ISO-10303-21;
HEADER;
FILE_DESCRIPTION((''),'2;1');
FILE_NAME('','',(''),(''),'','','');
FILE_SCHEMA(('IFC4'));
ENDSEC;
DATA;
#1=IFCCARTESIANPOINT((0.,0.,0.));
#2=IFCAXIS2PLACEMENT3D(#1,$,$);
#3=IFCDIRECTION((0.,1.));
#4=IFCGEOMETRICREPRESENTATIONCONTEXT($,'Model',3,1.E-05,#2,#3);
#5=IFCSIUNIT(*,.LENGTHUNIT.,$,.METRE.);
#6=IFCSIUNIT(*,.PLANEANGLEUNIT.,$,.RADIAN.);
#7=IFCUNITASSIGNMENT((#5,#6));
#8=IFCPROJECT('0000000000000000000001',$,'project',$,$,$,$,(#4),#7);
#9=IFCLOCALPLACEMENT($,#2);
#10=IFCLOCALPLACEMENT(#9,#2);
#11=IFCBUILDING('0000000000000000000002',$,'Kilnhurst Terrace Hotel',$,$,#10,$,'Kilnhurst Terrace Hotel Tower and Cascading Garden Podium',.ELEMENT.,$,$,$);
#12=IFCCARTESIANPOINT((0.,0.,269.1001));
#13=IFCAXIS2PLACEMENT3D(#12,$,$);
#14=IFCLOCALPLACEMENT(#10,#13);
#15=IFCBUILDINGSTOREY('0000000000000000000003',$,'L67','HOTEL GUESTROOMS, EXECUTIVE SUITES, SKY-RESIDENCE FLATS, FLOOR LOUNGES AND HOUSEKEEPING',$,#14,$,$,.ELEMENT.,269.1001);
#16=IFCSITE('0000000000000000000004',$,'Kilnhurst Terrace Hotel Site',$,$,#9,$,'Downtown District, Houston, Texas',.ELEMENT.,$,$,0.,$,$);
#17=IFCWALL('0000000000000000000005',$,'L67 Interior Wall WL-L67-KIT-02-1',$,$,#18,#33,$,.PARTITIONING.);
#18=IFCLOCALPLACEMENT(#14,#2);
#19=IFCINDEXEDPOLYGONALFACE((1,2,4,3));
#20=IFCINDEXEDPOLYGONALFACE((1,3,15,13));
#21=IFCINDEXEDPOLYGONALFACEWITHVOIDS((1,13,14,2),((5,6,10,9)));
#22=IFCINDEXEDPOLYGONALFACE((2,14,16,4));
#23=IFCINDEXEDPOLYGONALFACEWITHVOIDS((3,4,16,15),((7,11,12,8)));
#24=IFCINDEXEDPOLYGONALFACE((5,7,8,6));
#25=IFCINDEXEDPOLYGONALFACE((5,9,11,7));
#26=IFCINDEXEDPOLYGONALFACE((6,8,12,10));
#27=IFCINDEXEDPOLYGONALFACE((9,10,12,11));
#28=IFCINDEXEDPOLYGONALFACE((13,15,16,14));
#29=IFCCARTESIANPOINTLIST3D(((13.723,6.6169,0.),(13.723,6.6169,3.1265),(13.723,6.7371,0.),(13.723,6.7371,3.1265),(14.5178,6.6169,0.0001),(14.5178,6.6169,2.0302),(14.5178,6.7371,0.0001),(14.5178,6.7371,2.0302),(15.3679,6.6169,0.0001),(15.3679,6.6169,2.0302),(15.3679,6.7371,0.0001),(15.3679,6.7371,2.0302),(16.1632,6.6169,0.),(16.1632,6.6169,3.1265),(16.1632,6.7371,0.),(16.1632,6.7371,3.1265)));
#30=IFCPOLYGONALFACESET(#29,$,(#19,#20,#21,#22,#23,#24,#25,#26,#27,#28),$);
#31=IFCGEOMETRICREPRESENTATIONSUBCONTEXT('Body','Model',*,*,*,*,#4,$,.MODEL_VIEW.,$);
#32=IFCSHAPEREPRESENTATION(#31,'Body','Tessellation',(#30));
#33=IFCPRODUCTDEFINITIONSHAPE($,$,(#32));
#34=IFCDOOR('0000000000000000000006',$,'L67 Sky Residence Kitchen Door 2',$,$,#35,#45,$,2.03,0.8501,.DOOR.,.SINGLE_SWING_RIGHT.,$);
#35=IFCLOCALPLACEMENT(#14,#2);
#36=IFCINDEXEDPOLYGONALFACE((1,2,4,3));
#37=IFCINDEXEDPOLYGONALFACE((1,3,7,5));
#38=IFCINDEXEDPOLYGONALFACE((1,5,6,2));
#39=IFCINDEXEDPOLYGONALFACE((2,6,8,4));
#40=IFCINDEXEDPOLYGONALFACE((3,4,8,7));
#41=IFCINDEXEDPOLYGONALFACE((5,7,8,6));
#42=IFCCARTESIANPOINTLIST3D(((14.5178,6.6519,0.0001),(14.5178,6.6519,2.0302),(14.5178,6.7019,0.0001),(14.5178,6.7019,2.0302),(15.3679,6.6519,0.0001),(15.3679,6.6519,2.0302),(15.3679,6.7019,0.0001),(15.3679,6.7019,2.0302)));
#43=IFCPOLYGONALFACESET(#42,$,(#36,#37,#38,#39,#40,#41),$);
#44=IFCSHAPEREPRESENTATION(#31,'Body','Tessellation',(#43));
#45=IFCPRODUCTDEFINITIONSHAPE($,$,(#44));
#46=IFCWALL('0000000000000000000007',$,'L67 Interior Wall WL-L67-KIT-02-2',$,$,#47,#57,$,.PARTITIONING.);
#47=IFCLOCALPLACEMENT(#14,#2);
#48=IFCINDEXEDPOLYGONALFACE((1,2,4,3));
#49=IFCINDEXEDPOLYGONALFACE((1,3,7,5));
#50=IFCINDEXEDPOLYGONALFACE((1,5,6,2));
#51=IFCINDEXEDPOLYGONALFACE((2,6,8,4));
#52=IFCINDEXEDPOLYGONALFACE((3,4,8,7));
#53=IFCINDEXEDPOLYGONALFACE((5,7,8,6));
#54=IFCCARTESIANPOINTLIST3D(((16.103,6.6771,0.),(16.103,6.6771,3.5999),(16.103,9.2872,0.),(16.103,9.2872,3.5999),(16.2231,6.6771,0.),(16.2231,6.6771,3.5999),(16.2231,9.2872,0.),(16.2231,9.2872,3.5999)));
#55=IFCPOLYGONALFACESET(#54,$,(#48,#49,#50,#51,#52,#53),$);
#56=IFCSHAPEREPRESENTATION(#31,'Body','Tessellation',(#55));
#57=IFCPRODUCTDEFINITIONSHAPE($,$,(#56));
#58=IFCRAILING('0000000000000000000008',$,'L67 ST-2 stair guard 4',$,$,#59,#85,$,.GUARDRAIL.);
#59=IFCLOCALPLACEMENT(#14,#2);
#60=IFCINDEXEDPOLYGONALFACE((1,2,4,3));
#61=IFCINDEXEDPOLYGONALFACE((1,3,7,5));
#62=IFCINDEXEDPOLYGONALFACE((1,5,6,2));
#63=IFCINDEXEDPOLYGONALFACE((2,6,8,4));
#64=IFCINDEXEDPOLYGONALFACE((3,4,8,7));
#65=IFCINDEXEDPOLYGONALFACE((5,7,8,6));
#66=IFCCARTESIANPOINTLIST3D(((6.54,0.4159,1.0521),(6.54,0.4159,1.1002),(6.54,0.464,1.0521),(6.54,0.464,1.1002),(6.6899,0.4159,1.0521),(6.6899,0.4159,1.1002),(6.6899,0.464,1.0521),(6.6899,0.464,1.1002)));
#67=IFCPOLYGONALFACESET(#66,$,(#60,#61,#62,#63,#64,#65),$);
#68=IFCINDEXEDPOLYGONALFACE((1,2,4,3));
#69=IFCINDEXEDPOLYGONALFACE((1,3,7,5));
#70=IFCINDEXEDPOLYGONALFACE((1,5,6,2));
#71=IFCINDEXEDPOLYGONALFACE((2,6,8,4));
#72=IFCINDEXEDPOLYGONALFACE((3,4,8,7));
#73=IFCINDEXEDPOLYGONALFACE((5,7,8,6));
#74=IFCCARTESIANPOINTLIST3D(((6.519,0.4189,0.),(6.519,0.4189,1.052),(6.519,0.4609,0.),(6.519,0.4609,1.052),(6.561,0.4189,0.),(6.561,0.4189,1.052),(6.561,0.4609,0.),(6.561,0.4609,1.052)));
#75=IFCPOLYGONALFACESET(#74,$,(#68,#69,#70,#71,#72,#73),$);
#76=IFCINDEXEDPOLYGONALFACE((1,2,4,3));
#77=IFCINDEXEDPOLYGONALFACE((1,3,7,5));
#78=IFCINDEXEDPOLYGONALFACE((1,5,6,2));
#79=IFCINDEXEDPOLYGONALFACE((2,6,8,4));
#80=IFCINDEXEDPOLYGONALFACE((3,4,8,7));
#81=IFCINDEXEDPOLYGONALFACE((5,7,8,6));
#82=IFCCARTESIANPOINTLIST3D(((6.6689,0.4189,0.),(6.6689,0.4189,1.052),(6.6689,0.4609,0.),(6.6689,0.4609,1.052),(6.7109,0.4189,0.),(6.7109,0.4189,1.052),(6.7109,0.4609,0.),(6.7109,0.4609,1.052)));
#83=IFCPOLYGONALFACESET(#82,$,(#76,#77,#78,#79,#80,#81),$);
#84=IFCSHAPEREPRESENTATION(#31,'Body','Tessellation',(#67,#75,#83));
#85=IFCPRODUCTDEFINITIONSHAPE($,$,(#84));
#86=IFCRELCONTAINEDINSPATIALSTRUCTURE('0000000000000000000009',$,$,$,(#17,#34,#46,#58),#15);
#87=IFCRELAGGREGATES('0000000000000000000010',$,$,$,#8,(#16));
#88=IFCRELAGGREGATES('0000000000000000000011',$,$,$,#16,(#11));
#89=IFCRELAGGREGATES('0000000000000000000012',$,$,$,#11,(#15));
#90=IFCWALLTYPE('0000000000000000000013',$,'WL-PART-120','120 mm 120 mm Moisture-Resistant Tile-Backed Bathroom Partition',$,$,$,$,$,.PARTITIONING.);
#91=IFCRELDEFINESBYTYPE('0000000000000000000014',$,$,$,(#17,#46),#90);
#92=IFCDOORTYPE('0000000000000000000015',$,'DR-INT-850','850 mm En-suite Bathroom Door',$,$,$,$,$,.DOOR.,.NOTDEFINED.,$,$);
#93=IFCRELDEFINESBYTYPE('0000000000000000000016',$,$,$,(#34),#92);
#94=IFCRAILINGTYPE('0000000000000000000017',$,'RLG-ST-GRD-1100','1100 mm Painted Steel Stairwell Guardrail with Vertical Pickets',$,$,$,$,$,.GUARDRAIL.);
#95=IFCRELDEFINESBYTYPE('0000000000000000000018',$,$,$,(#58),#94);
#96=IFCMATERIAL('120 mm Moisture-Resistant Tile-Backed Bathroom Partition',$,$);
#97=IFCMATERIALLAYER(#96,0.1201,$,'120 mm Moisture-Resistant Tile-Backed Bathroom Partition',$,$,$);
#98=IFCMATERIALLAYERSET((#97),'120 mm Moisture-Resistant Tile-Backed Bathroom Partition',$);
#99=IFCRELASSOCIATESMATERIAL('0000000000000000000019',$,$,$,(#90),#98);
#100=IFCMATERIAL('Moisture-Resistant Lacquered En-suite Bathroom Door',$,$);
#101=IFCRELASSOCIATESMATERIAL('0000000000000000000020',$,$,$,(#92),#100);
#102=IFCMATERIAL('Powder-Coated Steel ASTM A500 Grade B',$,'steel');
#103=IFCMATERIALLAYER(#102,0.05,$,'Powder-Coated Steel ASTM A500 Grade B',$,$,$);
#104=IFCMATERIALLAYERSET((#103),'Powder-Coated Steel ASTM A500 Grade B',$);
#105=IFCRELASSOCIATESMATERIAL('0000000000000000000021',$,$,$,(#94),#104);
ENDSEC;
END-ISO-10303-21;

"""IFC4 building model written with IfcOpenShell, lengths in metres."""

from ifc_helpers import new_model, si_unit, direction, frame, frame_2d, origin, origin_2d, place, context, subcontext, project, spatial, rectangle, extrude, material, layer, layer_set, type_object, element, fill, save


model = new_model("IFC4")

# Units and contexts
model_context = context("Model", 3, precision=1e-05, world=origin(), true_north=direction((0.0, 1.0)))
body_context = subcontext(model_context, "Body", "Model", "MODEL_VIEW")
ifc_project = project(units=[si_unit("LENGTHUNIT", "METRE"), si_unit("PLANEANGLEUNIT", "RADIAN")], contexts=[model_context])

# Site, building, storey
site_placement = place(None, origin())
site = spatial("IfcSite", under=ifc_project, at=site_placement, Name="Kilnhurst Terrace Hotel Site", LongName="Downtown District, Houston, Texas", CompositionType="ELEMENT", RefElevation=0.0)
building_placement = place(site_placement, origin())
building = spatial("IfcBuilding", under=site, at=building_placement, Name="Kilnhurst Terrace Hotel", LongName="Kilnhurst Terrace Hotel Tower and Cascading Garden Podium", CompositionType="ELEMENT")
storey_placement = place(building_placement, frame((0.0, 0.0, 269.1001)))
storey = spatial("IfcBuildingStorey", under=building, at=storey_placement, Name="L67", Description="HOTEL GUESTROOMS, EXECUTIVE SUITES, SKY-RESIDENCE FLATS, FLOOR LOUNGES AND HOUSEKEEPING", CompositionType="ELEMENT", Elevation=269.1001)

# Shared definitions
ifc_material_1 = material(Name="120 mm Moisture-Resistant Tile-Backed Bathroom Partition")
ifc_layer_1 = layer(ifc_material_1, 0.1201, Name="120 mm Moisture-Resistant Tile-Backed Bathroom Partition")
ifc_layer_set_1 = layer_set([ifc_layer_1], Name="120 mm Moisture-Resistant Tile-Backed Bathroom Partition")
wall_type_1 = type_object("IfcWallType", Name="WL-PART-120", Description="120 mm 120 mm Moisture-Resistant Tile-Backed Bathroom Partition", PredefinedType="PARTITIONING", material=ifc_layer_set_1)
ifc_material_2 = material(Name="Moisture-Resistant Lacquered En-suite Bathroom Door")
door_type = type_object("IfcDoorType", Name="DR-INT-850", Description="850 mm En-suite Bathroom Door", OperationType="NOTDEFINED", PredefinedType="DOOR", material=ifc_material_2)

# Wall, opening, door
wall_1_placement = place(storey_placement, frame((13.7229, 6.677, 0.0), z_axis=(0.0, 0.0, 1.0), x_axis=(1.0, 0.0, 0.0)))
wall_1 = element("IfcWall", 1, at=wall_1_placement, inside=storey, type_object=wall_type_1, Name="L67 Interior Wall WL-L67-KIT-02-1", PredefinedType="PARTITIONING", context=body_context, shape_type="SweptSolid", body=[
    extrude(rectangle(XDim=2.4402, YDim=0.1201, at=frame_2d((1.2202, 0.0))), origin(), (0.0, 0.0, 1.0), 3.1265),
])
opening_1_placement = place(wall_1_placement, frame((0.7949, 0.0, 0.0)))
opening_1 = element("IfcOpeningElement", 2, at=opening_1_placement, cuts=wall_1, PredefinedType="OPENING", context=body_context, shape_type="SweptSolid", body=[
    extrude(rectangle(XDim=0.8501, YDim=2.03, at=frame_2d((0.425, 1.0151))), frame((0.0, 0.0701, 0.0), z_axis=(0.0, -1.0, 0.0), x_axis=(1.0, 0.0, 0.0)), (0.0, 0.0, 1.0), 0.1401),
])
door_1_placement = place(opening_1_placement, origin())
door_1 = element("IfcDoor", 3, at=door_1_placement, inside=storey, type_object=door_type, Name="L67 Sky Residence Kitchen Door 2", OperationType="SINGLE_SWING_RIGHT", OverallHeight=2.03, OverallWidth=0.8501, PredefinedType="DOOR", context=body_context, shape_type="SweptSolid", body=[
    extrude(rectangle(XDim=0.8501, YDim=2.03, at=frame_2d((0.425, 1.0151))), frame((0.0, 0.0249, 0.0), z_axis=(0.0, -1.0, 0.0), x_axis=(1.0, 0.0, 0.0)), (0.0, 0.0, 1.0), 0.05),
])
fill(opening_1, door_1)

# Wall
wall_2_placement = place(storey_placement, frame((16.1631, 6.677, 0.0), z_axis=(0.0, 0.0, 1.0), x_axis=(0.0, 1.0, 0.0)))
element("IfcWall", 4, at=wall_2_placement, inside=storey, type_object=wall_type_1, Name="L67 Interior Wall WL-L67-KIT-02-2", PredefinedType="PARTITIONING", context=body_context, shape_type="SweptSolid", body=[
    extrude(rectangle(XDim=2.6101, YDim=0.1201, at=frame_2d((1.3052, 0.0))), origin(), (0.0, 0.0, 1.0), 3.5999),
])

# Railing
ifc_material_3 = material(Name="Powder-Coated Steel ASTM A500 Grade B", Category="steel")
ifc_layer_2 = layer(ifc_material_3, 0.05, Name="Powder-Coated Steel ASTM A500 Grade B")
ifc_layer_set_2 = layer_set([ifc_layer_2], Name="Powder-Coated Steel ASTM A500 Grade B")
railing_type = type_object("IfcRailingType", Name="RLG-ST-GRD-1100", Description="1100 mm Painted Steel Stairwell Guardrail with Vertical Pickets", PredefinedType="GUARDRAIL", material=ifc_layer_set_2)
railing_placement = place(storey_placement, frame((6.54, 0.4399, 0.0)))
element("IfcRailing", 5, at=railing_placement, inside=storey, type_object=railing_type, Name="L67 ST-2 stair guard 4", PredefinedType="GUARDRAIL", context=body_context, shape_type="SweptSolid", body=[
    extrude(rectangle(XDim=0.0481, YDim=0.0481, at=origin_2d()), frame((0.0, 0.0, 1.0762), z_axis=(1.0, 0.0, 0.0), x_axis=(0.0, 1.0, 0.0)), (0.0, 0.0, 1.0), 0.1499),
    extrude(rectangle(XDim=0.042, YDim=0.042, at=origin_2d()), origin(), (0.0, 0.0, 1.0), 1.052),
    extrude(rectangle(XDim=0.042, YDim=0.042, at=origin_2d()), frame((0.1499, 0.0, 0.0)), (0.0, 0.0, 1.0), 1.052),
])

save(model, "model.ifc")
